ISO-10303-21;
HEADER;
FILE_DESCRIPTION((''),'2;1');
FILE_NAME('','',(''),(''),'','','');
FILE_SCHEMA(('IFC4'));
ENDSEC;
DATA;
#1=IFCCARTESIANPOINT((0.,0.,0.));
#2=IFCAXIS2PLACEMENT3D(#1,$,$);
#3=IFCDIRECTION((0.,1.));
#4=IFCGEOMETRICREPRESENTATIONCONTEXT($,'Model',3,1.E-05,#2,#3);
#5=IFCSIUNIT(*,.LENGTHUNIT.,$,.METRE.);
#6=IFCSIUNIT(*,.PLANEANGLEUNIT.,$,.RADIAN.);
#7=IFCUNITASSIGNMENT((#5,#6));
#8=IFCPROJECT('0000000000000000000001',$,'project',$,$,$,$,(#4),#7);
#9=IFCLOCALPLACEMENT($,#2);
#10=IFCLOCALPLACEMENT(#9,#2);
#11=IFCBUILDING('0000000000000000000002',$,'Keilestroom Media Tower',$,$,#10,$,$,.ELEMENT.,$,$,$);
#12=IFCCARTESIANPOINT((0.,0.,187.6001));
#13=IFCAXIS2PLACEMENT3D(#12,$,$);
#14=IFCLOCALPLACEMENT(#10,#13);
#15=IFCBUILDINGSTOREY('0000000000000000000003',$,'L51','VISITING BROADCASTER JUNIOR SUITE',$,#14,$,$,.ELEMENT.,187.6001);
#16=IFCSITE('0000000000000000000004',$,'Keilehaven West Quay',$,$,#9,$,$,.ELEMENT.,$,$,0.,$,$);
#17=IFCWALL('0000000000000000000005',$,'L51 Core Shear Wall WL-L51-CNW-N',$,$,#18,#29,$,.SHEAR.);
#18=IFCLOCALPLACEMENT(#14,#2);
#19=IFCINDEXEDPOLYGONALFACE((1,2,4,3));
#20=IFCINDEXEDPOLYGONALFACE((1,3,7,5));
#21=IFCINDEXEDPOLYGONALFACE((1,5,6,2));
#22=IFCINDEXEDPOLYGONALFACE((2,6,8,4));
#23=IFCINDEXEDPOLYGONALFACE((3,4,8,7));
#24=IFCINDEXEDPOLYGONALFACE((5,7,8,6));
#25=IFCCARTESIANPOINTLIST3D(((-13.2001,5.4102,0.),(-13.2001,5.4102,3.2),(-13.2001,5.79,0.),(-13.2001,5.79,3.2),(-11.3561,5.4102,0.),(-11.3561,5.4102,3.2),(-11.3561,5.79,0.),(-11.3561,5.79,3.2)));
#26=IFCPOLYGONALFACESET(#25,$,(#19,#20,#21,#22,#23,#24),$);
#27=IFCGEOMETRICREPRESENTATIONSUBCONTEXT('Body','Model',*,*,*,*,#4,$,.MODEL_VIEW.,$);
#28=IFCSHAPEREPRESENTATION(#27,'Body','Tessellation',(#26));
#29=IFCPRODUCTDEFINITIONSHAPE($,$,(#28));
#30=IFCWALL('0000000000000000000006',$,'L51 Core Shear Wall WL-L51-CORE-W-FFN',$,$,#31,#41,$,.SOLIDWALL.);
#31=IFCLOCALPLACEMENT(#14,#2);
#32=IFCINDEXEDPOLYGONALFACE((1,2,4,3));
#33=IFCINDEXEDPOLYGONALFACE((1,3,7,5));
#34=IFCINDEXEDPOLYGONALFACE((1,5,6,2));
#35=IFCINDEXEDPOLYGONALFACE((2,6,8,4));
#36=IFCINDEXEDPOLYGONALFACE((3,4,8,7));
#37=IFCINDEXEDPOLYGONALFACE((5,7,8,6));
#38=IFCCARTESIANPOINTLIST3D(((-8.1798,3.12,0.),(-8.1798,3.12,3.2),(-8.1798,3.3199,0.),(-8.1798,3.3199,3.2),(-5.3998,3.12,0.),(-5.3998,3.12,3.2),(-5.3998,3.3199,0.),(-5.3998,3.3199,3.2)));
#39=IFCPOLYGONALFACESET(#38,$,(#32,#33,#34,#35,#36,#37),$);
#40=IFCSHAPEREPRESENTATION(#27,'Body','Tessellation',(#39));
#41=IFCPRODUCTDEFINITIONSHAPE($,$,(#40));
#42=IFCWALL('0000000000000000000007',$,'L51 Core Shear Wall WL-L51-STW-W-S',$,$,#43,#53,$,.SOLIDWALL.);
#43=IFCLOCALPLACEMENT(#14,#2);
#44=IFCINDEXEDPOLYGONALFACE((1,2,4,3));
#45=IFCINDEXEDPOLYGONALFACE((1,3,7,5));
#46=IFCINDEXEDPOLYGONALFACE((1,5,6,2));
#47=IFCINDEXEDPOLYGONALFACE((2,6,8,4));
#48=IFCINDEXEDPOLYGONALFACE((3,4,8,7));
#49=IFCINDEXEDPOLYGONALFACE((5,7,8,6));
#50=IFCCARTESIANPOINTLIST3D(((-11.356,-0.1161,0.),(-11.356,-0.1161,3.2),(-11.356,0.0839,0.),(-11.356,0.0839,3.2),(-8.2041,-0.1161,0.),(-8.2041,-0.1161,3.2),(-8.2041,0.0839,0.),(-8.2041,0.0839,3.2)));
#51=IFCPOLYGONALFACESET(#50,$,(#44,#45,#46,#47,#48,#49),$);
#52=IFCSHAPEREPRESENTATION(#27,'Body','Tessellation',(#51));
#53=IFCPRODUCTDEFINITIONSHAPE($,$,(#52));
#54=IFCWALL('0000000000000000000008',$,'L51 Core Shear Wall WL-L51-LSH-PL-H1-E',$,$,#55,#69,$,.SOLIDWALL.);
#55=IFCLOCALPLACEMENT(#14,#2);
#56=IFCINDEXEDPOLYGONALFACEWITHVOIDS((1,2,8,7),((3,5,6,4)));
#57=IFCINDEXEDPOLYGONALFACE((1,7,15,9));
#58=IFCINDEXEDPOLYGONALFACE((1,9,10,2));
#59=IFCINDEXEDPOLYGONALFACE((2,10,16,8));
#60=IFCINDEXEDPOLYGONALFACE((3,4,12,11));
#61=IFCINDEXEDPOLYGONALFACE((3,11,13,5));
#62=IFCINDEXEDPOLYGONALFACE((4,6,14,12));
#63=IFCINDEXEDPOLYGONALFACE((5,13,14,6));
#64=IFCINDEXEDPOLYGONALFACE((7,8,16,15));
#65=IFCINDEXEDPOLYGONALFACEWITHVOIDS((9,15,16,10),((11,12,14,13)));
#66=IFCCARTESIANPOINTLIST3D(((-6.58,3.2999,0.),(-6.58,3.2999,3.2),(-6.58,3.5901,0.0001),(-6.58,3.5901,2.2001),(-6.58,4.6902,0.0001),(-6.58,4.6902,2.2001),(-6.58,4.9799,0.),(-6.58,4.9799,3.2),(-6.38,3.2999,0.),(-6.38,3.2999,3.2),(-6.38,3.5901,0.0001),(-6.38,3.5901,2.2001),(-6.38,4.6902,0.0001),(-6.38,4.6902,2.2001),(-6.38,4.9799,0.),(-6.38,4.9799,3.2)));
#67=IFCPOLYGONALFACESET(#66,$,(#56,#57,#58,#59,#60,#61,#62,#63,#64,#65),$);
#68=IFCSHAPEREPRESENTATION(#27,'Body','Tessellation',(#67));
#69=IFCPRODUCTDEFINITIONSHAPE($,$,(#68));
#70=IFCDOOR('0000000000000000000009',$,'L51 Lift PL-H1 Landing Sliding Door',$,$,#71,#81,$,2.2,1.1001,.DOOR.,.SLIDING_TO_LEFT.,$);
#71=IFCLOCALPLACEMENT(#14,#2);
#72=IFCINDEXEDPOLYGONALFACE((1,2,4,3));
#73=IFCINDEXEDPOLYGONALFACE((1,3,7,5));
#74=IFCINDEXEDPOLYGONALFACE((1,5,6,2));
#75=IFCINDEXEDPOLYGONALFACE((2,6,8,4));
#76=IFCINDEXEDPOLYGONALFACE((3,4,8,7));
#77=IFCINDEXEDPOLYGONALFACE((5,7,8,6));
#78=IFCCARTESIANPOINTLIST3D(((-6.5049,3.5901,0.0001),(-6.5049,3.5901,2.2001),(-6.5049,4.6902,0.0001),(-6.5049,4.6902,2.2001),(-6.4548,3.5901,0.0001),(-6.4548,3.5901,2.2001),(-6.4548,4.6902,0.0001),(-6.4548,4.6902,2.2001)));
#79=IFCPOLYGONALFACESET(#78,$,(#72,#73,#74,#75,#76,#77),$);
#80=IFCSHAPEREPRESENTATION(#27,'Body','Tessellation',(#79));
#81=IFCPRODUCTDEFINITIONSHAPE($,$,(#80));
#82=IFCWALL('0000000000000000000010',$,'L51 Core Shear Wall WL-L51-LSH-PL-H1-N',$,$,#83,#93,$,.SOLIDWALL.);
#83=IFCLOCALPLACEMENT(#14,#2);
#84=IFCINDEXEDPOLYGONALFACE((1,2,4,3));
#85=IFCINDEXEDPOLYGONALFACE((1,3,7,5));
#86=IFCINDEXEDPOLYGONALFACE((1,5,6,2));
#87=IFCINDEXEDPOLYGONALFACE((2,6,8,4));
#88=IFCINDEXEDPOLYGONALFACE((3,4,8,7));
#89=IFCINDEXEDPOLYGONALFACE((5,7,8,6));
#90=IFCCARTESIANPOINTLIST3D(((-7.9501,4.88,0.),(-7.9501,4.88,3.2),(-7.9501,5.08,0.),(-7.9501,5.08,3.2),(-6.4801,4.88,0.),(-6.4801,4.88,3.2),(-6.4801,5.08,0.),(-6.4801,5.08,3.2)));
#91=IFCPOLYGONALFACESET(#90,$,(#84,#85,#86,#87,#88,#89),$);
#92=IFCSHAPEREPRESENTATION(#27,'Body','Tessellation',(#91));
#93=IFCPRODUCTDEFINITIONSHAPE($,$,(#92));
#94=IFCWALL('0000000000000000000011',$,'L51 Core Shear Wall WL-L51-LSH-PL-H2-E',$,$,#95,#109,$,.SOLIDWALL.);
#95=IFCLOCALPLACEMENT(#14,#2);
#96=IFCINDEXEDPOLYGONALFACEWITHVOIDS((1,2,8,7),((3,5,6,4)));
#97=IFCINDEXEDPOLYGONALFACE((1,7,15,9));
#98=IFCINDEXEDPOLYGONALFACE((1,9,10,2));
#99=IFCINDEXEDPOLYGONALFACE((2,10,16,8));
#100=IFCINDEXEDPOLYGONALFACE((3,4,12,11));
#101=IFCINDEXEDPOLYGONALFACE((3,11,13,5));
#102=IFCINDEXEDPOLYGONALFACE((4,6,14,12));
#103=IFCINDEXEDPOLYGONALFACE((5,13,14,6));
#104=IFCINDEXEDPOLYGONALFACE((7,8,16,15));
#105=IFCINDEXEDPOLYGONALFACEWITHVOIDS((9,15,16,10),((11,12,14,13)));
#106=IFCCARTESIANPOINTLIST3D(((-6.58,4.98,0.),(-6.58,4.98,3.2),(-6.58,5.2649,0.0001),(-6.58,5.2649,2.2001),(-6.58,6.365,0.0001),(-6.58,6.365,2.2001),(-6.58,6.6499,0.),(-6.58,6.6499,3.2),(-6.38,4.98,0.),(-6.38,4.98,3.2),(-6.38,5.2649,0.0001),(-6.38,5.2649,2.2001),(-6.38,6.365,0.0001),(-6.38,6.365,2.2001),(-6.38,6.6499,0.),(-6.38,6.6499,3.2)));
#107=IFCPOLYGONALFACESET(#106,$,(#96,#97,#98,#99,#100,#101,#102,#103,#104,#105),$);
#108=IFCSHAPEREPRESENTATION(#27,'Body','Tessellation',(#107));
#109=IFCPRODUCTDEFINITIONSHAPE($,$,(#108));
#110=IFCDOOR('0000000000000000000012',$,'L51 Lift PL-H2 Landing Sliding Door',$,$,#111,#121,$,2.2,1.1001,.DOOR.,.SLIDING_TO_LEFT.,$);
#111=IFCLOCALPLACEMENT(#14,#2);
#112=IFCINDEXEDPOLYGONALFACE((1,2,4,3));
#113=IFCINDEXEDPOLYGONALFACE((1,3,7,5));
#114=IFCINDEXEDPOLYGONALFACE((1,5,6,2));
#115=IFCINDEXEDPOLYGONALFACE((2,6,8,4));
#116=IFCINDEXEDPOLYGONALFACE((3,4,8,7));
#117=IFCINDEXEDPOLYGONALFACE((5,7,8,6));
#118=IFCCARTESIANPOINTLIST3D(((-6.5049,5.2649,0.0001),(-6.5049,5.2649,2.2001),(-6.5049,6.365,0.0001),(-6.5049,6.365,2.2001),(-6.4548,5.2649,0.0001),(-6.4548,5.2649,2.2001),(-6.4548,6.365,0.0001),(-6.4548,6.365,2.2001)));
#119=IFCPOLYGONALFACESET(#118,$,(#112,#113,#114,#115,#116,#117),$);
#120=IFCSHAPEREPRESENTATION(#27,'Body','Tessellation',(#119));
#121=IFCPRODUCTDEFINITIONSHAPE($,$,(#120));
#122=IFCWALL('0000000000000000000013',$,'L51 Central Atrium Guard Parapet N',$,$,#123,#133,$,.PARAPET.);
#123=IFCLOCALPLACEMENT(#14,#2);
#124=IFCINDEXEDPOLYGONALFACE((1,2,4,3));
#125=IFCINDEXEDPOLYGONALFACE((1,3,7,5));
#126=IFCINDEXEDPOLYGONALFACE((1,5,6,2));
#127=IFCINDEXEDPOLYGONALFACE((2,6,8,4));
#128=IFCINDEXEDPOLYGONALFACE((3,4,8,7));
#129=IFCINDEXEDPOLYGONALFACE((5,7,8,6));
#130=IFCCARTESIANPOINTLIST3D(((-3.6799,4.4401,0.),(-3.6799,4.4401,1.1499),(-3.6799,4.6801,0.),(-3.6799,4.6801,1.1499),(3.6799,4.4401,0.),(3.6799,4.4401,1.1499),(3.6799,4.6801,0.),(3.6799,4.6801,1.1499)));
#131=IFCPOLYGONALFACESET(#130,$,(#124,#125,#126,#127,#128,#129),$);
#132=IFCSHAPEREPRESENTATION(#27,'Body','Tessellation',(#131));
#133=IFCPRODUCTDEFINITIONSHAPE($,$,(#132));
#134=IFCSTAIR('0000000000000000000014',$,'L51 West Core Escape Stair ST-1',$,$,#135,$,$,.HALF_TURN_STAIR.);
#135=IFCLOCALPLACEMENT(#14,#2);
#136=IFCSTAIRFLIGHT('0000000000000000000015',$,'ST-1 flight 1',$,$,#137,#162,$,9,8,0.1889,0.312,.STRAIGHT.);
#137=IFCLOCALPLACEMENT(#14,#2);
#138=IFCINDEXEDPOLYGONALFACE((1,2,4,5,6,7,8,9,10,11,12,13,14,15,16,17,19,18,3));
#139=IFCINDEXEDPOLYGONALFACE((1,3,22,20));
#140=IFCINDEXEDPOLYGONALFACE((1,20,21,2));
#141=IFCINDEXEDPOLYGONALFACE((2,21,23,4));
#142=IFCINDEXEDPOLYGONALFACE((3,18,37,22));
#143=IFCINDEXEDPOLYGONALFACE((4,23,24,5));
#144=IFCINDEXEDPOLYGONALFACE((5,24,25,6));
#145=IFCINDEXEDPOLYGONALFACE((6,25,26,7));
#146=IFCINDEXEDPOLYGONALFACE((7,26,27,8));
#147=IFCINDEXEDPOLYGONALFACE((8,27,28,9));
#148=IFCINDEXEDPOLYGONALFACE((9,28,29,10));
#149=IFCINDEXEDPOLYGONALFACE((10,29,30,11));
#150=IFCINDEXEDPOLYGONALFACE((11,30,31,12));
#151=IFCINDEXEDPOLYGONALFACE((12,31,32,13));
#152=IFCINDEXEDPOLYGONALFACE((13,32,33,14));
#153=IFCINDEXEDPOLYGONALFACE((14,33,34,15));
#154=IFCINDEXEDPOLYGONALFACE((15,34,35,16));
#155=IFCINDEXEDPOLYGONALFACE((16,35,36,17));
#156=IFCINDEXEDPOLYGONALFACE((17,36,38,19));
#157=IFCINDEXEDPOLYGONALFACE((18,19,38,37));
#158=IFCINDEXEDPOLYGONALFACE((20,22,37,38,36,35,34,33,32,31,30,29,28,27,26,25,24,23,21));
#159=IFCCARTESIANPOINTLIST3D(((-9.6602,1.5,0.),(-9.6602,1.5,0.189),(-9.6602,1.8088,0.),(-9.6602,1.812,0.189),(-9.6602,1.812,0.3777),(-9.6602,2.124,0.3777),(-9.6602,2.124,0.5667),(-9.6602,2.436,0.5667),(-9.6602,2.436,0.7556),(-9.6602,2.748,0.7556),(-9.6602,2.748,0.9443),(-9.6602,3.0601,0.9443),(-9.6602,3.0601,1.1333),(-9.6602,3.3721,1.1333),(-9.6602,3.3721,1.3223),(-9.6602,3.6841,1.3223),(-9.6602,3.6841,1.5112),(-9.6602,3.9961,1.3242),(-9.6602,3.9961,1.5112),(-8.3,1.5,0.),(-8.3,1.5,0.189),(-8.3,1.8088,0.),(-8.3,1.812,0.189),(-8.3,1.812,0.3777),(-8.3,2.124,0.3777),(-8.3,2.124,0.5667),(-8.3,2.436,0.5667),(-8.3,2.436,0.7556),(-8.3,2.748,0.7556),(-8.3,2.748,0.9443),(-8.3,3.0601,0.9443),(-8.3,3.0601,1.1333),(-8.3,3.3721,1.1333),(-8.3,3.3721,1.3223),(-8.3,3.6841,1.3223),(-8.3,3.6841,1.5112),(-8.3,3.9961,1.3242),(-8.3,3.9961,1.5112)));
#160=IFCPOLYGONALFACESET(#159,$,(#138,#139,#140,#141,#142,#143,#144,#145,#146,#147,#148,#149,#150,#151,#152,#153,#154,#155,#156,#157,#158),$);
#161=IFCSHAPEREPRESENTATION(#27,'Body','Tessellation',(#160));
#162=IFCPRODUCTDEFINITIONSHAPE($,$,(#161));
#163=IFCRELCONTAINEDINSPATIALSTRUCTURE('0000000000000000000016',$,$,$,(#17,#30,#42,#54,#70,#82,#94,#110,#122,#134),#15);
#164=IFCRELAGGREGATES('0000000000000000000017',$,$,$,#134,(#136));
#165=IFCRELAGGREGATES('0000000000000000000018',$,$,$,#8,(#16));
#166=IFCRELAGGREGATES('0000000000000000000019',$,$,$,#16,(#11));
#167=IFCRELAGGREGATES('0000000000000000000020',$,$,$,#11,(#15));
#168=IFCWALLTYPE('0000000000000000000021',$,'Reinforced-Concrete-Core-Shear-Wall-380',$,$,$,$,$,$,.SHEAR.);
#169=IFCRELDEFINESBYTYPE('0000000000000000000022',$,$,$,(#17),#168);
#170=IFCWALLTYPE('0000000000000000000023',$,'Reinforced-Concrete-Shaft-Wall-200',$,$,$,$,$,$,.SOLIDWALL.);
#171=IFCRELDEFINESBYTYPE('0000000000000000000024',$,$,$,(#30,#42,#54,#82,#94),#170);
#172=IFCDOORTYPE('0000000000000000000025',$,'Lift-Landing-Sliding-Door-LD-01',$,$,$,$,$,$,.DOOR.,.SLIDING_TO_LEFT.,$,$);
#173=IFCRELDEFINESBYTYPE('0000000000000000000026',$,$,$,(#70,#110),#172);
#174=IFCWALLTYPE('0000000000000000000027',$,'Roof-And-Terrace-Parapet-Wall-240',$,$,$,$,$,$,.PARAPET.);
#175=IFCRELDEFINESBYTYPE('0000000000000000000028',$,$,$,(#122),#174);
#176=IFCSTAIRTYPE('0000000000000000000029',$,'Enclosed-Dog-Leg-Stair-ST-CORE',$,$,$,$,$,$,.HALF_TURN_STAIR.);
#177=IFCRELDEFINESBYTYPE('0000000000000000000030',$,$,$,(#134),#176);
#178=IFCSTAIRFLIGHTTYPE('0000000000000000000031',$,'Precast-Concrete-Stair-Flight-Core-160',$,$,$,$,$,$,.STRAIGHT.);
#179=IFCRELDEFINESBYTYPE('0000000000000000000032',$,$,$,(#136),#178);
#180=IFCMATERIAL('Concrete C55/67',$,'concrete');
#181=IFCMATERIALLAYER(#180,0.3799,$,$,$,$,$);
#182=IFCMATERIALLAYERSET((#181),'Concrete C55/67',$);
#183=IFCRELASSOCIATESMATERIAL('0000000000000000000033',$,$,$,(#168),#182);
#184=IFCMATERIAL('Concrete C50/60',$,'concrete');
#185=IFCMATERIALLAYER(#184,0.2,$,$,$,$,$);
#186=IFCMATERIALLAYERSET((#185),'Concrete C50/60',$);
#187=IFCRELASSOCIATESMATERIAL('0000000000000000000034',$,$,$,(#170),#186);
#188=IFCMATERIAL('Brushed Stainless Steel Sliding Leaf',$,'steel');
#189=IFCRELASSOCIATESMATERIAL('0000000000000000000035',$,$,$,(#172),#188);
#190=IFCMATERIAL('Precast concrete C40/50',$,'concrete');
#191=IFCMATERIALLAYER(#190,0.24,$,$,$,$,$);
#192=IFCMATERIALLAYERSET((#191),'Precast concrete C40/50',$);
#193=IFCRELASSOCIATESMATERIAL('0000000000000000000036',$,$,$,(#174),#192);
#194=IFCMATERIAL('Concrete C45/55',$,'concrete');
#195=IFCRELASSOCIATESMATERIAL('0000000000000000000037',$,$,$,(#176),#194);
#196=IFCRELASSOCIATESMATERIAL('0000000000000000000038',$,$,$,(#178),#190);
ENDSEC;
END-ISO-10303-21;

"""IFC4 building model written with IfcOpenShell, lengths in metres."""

from ifc_helpers import new_model, si_unit, direction, frame, frame_2d, origin, place, context, subcontext, project, spatial, polyline, rectangle, outline, extrude, source, transform, mapped, material, layer, layer_set, type_object, element, fill, aggregate, save


model = new_model("IFC4")

# Units and contexts
model_context = context("Model", 3, precision=1e-05, world=origin(), true_north=direction((0.0, 1.0)))
body_context = subcontext(model_context, "Body", "Model", "MODEL_VIEW")
ifc_project = project(units=[si_unit("LENGTHUNIT", "METRE"), si_unit("PLANEANGLEUNIT", "RADIAN")], contexts=[model_context])

# Site, building, storey
site_placement = place(None, origin())
site = spatial("IfcSite", under=ifc_project, at=site_placement, Name="Keilehaven West Quay", CompositionType="ELEMENT", RefElevation=0.0)
building_placement = place(site_placement, origin())
building = spatial("IfcBuilding", under=site, at=building_placement, Name="Keilestroom Media Tower", CompositionType="ELEMENT")
storey_placement = place(building_placement, frame((0.0, 0.0, 187.6001)))
storey = spatial("IfcBuildingStorey", under=building, at=storey_placement, Name="L51", Description="VISITING BROADCASTER JUNIOR SUITE", CompositionType="ELEMENT", Elevation=187.6001)

# Shared definitions
ifc_material_1 = material(Name="Concrete C50/60", Category="concrete")

# Walls
ifc_material_2 = material(Name="Concrete C55/67", Category="concrete")
ifc_layer_1 = layer(ifc_material_2, 0.3799)
ifc_layer_set_1 = layer_set([ifc_layer_1], Name="Concrete C55/67")
wall_type_1 = type_object("IfcWallType", Name="Reinforced-Concrete-Core-Shear-Wall-380", PredefinedType="SHEAR", material=ifc_layer_set_1)
wall_1_placement = place(storey_placement, frame((-13.2, 5.6001, 0.0), z_axis=(0.0, 0.0, 1.0), x_axis=(1.0, 0.0, 0.0)))
element("IfcWall", 1, at=wall_1_placement, inside=storey, type_object=wall_type_1, Name="L51 Core Shear Wall WL-L51-CNW-N", PredefinedType="SHEAR", context=body_context, shape_type="SweptSolid", body=[
    extrude(rectangle(XDim=1.844, YDim=0.3799, at=frame_2d((0.9219, 0.0))), origin(), (0.0, 0.0, 1.0), 3.2),
])
ifc_layer_2 = layer(ifc_material_1, 0.2)
ifc_layer_set_2 = layer_set([ifc_layer_2], Name="Concrete C50/60")
wall_type_2 = type_object("IfcWallType", Name="Reinforced-Concrete-Shaft-Wall-200", PredefinedType="SOLIDWALL", material=ifc_layer_set_2)
wall_2_placement = place(storey_placement, frame((-8.1799, 3.22, 0.0), z_axis=(0.0, 0.0, 1.0), x_axis=(1.0, 0.0, 0.0)))
element("IfcWall", 2, at=wall_2_placement, inside=storey, type_object=wall_type_2, Name="L51 Core Shear Wall WL-L51-CORE-W-FFN", PredefinedType="SOLIDWALL", context=body_context, shape_type="SweptSolid", body=[
    extrude(rectangle(XDim=2.78, YDim=0.2, at=frame_2d((1.3901, 0.0))), origin(), (0.0, 0.0, 1.0), 3.2),
])
wall_3_placement = place(storey_placement, frame((-11.356, -0.0161, 0.0), z_axis=(0.0, 0.0, 1.0), x_axis=(1.0, 0.0, 0.0)))
element("IfcWall", 3, at=wall_3_placement, inside=storey, type_object=wall_type_2, Name="L51 Core Shear Wall WL-L51-STW-W-S", PredefinedType="SOLIDWALL", context=body_context, shape_type="SweptSolid", body=[
    extrude(rectangle(XDim=3.1519, YDim=0.2, at=frame_2d((1.5759, 0.0))), origin(), (0.0, 0.0, 1.0), 3.2),
])

# Wall, opening, door
wall_4_placement = place(storey_placement, frame((-6.48, 3.3, 0.0), z_axis=(0.0, 0.0, 1.0), x_axis=(0.0, 1.0, 0.0)))
wall_4 = element("IfcWall", 4, at=wall_4_placement, inside=storey, type_object=wall_type_2, Name="L51 Core Shear Wall WL-L51-LSH-PL-H1-E", PredefinedType="SOLIDWALL", context=body_context, shape_type="SweptSolid", body=[
    extrude(rectangle(XDim=1.6799, YDim=0.2, at=frame_2d((0.8398, 0.0))), origin(), (0.0, 0.0, 1.0), 3.2),
])
opening_1_placement = place(wall_4_placement, frame((0.29, 0.0, 0.0)))
opening_1 = element("IfcOpeningElement", 5, at=opening_1_placement, cuts=wall_4, PredefinedType="OPENING", context=body_context, shape_type="SweptSolid", body=[
    extrude(rectangle(XDim=1.1001, YDim=2.2, at=frame_2d((0.55, 1.1001))), frame((0.0, 0.1099, 0.0), z_axis=(0.0, -1.0, 0.0), x_axis=(1.0, 0.0, 0.0)), (0.0, 0.0, 1.0), 0.22),
])
ifc_material_3 = material(Name="Brushed Stainless Steel Sliding Leaf", Category="steel")
door_type = type_object("IfcDoorType", Name="Lift-Landing-Sliding-Door-LD-01", OperationType="SLIDING_TO_LEFT", PredefinedType="DOOR", material=ifc_material_3)
shared_shape_1 = source(origin(), body_context, "Body", "SweptSolid", [
    extrude(rectangle(XDim=1.1001, YDim=2.2, at=frame_2d((0.55, 1.1001))), frame((0.0, 0.0249, 0.0), z_axis=(0.0, -1.0, 0.0), x_axis=(1.0, 0.0, 0.0)), (0.0, 0.0, 1.0), 0.05),
])
door_1_placement = place(opening_1_placement, origin())
door_1 = element("IfcDoor", 6, at=door_1_placement, inside=storey, type_object=door_type, Name="L51 Lift PL-H1 Landing Sliding Door", OperationType="SLIDING_TO_LEFT", OverallHeight=2.2, OverallWidth=1.1001, PredefinedType="DOOR", context=body_context, shape_type="MappedRepresentation", body=[
    mapped(shared_shape_1, transform((0.0, 0.0, 0.0), x_axis=(1.0, 0.0, 0.0), y_axis=(0.0, 1.0, 0.0), z_axis=(0.0, 0.0, 1.0), scale=1.0)),
])
fill(opening_1, door_1)

# Wall
wall_5_placement = place(storey_placement, frame((-7.95, 4.98, 0.0), z_axis=(0.0, 0.0, 1.0), x_axis=(1.0, 0.0, 0.0)))
element("IfcWall", 7, at=wall_5_placement, inside=storey, type_object=wall_type_2, Name="L51 Core Shear Wall WL-L51-LSH-PL-H1-N", PredefinedType="SOLIDWALL", context=body_context, shape_type="SweptSolid", body=[
    extrude(rectangle(XDim=1.47, YDim=0.2, at=frame_2d((0.7349, 0.0))), origin(), (0.0, 0.0, 1.0), 3.2),
])

# Wall, opening, door
wall_6_placement = place(storey_placement, frame((-6.48, 4.98, 0.0), z_axis=(0.0, 0.0, 1.0), x_axis=(0.0, 1.0, 0.0)))
wall_6 = element("IfcWall", 8, at=wall_6_placement, inside=storey, type_object=wall_type_2, Name="L51 Core Shear Wall WL-L51-LSH-PL-H2-E", PredefinedType="SOLIDWALL", context=body_context, shape_type="SweptSolid", body=[
    extrude(rectangle(XDim=1.6699, YDim=0.2, at=frame_2d((0.835, 0.0))), origin(), (0.0, 0.0, 1.0), 3.2),
])
opening_2_placement = place(wall_6_placement, frame((0.2849, 0.0, 0.0)))
opening_2 = element("IfcOpeningElement", 9, at=opening_2_placement, cuts=wall_6, PredefinedType="OPENING", context=body_context, shape_type="SweptSolid", body=[
    extrude(rectangle(XDim=1.1001, YDim=2.2, at=frame_2d((0.55, 1.1001))), frame((0.0, 0.1099, 0.0), z_axis=(0.0, -1.0, 0.0), x_axis=(1.0, 0.0, 0.0)), (0.0, 0.0, 1.0), 0.22),
])
door_2_placement = place(opening_2_placement, origin())
door_2 = element("IfcDoor", 10, at=door_2_placement, inside=storey, type_object=door_type, Name="L51 Lift PL-H2 Landing Sliding Door", OperationType="SLIDING_TO_LEFT", OverallHeight=2.2, OverallWidth=1.1001, PredefinedType="DOOR", context=body_context, shape_type="MappedRepresentation", body=[
    mapped(shared_shape_1, transform((0.0, 0.0, 0.0), x_axis=(1.0, 0.0, 0.0), y_axis=(0.0, 1.0, 0.0), z_axis=(0.0, 0.0, 1.0), scale=1.0)),
])
fill(opening_2, door_2)

# Wall
ifc_material_4 = material(Name="Precast concrete C40/50", Category="concrete")
ifc_layer_3 = layer(ifc_material_4, 0.24)
ifc_layer_set_3 = layer_set([ifc_layer_3], Name="Precast concrete C40/50")
wall_type_3 = type_object("IfcWallType", Name="Roof-And-Terrace-Parapet-Wall-240", PredefinedType="PARAPET", material=ifc_layer_set_3)
wall_7_placement = place(storey_placement, frame((-3.6799, 4.5601, 0.0), z_axis=(0.0, 0.0, 1.0), x_axis=(1.0, 0.0, 0.0)))
element("IfcWall", 11, at=wall_7_placement, inside=storey, type_object=wall_type_3, Name="L51 Central Atrium Guard Parapet N", PredefinedType="PARAPET", context=body_context, shape_type="SweptSolid", body=[
    extrude(rectangle(XDim=7.3599, YDim=0.24, at=frame_2d((3.6799, 0.0))), origin(), (0.0, 0.0, 1.0), 1.1499),
])

# Stair, stair flight
ifc_material_5 = material(Name="Concrete C45/55", Category="concrete")
stair_type = type_object("IfcStairType", Name="Enclosed-Dog-Leg-Stair-ST-CORE", PredefinedType="HALF_TURN_STAIR", material=ifc_material_5)
stair_placement = place(storey_placement, origin())
stair = element("IfcStair", 12, at=stair_placement, inside=storey, type_object=stair_type, Name="L51 West Core Escape Stair ST-1", PredefinedType="HALF_TURN_STAIR")
stair_flight_type = type_object("IfcStairFlightType", Name="Precast-Concrete-Stair-Flight-Core-160", PredefinedType="STRAIGHT", material=ifc_material_4)
stair_flight_1_placement = place(storey_placement, frame((-8.98, 1.5, 0.0), z_axis=(0.0, 0.0, 1.0), x_axis=(0.0, 1.0, 0.0)))
stair_flight_1 = element("IfcStairFlight", 13, at=stair_flight_1_placement, type_object=stair_flight_type, Name="ST-1 flight 1", NumberOfRisers=9, NumberOfTreads=8, PredefinedType="STRAIGHT", RiserHeight=0.1889, TreadLength=0.312, context=body_context, shape_type="SweptSolid", body=[
    extrude(outline(polyline([(0.0, 0.0), (0.0, 0.189), (0.312, 0.189), (0.312, 0.3777), (0.624, 0.3777), (0.624, 0.5667), (0.936, 0.5667), (0.936, 0.7556), (1.248, 0.7556), (1.248, 0.9443), (1.5601, 0.9443), (1.5601, 1.1333), (1.8721, 1.1333), (1.8721, 1.3223), (2.1841, 1.3223), (2.1841, 1.5112), (2.4961, 1.5112), (2.4961, 1.7), (2.4961, 1.3242), (0.3088, 0.0), (0.0, 0.0)])), frame((0.0, 0.6802, 0.0), z_axis=(0.0, -1.0, 0.0), x_axis=(1.0, 0.0, 0.0)), (0.0, 0.0, 1.0), 1.3601),
])
aggregate(stair, [stair_flight_1])

save(model, "model.ifc")
